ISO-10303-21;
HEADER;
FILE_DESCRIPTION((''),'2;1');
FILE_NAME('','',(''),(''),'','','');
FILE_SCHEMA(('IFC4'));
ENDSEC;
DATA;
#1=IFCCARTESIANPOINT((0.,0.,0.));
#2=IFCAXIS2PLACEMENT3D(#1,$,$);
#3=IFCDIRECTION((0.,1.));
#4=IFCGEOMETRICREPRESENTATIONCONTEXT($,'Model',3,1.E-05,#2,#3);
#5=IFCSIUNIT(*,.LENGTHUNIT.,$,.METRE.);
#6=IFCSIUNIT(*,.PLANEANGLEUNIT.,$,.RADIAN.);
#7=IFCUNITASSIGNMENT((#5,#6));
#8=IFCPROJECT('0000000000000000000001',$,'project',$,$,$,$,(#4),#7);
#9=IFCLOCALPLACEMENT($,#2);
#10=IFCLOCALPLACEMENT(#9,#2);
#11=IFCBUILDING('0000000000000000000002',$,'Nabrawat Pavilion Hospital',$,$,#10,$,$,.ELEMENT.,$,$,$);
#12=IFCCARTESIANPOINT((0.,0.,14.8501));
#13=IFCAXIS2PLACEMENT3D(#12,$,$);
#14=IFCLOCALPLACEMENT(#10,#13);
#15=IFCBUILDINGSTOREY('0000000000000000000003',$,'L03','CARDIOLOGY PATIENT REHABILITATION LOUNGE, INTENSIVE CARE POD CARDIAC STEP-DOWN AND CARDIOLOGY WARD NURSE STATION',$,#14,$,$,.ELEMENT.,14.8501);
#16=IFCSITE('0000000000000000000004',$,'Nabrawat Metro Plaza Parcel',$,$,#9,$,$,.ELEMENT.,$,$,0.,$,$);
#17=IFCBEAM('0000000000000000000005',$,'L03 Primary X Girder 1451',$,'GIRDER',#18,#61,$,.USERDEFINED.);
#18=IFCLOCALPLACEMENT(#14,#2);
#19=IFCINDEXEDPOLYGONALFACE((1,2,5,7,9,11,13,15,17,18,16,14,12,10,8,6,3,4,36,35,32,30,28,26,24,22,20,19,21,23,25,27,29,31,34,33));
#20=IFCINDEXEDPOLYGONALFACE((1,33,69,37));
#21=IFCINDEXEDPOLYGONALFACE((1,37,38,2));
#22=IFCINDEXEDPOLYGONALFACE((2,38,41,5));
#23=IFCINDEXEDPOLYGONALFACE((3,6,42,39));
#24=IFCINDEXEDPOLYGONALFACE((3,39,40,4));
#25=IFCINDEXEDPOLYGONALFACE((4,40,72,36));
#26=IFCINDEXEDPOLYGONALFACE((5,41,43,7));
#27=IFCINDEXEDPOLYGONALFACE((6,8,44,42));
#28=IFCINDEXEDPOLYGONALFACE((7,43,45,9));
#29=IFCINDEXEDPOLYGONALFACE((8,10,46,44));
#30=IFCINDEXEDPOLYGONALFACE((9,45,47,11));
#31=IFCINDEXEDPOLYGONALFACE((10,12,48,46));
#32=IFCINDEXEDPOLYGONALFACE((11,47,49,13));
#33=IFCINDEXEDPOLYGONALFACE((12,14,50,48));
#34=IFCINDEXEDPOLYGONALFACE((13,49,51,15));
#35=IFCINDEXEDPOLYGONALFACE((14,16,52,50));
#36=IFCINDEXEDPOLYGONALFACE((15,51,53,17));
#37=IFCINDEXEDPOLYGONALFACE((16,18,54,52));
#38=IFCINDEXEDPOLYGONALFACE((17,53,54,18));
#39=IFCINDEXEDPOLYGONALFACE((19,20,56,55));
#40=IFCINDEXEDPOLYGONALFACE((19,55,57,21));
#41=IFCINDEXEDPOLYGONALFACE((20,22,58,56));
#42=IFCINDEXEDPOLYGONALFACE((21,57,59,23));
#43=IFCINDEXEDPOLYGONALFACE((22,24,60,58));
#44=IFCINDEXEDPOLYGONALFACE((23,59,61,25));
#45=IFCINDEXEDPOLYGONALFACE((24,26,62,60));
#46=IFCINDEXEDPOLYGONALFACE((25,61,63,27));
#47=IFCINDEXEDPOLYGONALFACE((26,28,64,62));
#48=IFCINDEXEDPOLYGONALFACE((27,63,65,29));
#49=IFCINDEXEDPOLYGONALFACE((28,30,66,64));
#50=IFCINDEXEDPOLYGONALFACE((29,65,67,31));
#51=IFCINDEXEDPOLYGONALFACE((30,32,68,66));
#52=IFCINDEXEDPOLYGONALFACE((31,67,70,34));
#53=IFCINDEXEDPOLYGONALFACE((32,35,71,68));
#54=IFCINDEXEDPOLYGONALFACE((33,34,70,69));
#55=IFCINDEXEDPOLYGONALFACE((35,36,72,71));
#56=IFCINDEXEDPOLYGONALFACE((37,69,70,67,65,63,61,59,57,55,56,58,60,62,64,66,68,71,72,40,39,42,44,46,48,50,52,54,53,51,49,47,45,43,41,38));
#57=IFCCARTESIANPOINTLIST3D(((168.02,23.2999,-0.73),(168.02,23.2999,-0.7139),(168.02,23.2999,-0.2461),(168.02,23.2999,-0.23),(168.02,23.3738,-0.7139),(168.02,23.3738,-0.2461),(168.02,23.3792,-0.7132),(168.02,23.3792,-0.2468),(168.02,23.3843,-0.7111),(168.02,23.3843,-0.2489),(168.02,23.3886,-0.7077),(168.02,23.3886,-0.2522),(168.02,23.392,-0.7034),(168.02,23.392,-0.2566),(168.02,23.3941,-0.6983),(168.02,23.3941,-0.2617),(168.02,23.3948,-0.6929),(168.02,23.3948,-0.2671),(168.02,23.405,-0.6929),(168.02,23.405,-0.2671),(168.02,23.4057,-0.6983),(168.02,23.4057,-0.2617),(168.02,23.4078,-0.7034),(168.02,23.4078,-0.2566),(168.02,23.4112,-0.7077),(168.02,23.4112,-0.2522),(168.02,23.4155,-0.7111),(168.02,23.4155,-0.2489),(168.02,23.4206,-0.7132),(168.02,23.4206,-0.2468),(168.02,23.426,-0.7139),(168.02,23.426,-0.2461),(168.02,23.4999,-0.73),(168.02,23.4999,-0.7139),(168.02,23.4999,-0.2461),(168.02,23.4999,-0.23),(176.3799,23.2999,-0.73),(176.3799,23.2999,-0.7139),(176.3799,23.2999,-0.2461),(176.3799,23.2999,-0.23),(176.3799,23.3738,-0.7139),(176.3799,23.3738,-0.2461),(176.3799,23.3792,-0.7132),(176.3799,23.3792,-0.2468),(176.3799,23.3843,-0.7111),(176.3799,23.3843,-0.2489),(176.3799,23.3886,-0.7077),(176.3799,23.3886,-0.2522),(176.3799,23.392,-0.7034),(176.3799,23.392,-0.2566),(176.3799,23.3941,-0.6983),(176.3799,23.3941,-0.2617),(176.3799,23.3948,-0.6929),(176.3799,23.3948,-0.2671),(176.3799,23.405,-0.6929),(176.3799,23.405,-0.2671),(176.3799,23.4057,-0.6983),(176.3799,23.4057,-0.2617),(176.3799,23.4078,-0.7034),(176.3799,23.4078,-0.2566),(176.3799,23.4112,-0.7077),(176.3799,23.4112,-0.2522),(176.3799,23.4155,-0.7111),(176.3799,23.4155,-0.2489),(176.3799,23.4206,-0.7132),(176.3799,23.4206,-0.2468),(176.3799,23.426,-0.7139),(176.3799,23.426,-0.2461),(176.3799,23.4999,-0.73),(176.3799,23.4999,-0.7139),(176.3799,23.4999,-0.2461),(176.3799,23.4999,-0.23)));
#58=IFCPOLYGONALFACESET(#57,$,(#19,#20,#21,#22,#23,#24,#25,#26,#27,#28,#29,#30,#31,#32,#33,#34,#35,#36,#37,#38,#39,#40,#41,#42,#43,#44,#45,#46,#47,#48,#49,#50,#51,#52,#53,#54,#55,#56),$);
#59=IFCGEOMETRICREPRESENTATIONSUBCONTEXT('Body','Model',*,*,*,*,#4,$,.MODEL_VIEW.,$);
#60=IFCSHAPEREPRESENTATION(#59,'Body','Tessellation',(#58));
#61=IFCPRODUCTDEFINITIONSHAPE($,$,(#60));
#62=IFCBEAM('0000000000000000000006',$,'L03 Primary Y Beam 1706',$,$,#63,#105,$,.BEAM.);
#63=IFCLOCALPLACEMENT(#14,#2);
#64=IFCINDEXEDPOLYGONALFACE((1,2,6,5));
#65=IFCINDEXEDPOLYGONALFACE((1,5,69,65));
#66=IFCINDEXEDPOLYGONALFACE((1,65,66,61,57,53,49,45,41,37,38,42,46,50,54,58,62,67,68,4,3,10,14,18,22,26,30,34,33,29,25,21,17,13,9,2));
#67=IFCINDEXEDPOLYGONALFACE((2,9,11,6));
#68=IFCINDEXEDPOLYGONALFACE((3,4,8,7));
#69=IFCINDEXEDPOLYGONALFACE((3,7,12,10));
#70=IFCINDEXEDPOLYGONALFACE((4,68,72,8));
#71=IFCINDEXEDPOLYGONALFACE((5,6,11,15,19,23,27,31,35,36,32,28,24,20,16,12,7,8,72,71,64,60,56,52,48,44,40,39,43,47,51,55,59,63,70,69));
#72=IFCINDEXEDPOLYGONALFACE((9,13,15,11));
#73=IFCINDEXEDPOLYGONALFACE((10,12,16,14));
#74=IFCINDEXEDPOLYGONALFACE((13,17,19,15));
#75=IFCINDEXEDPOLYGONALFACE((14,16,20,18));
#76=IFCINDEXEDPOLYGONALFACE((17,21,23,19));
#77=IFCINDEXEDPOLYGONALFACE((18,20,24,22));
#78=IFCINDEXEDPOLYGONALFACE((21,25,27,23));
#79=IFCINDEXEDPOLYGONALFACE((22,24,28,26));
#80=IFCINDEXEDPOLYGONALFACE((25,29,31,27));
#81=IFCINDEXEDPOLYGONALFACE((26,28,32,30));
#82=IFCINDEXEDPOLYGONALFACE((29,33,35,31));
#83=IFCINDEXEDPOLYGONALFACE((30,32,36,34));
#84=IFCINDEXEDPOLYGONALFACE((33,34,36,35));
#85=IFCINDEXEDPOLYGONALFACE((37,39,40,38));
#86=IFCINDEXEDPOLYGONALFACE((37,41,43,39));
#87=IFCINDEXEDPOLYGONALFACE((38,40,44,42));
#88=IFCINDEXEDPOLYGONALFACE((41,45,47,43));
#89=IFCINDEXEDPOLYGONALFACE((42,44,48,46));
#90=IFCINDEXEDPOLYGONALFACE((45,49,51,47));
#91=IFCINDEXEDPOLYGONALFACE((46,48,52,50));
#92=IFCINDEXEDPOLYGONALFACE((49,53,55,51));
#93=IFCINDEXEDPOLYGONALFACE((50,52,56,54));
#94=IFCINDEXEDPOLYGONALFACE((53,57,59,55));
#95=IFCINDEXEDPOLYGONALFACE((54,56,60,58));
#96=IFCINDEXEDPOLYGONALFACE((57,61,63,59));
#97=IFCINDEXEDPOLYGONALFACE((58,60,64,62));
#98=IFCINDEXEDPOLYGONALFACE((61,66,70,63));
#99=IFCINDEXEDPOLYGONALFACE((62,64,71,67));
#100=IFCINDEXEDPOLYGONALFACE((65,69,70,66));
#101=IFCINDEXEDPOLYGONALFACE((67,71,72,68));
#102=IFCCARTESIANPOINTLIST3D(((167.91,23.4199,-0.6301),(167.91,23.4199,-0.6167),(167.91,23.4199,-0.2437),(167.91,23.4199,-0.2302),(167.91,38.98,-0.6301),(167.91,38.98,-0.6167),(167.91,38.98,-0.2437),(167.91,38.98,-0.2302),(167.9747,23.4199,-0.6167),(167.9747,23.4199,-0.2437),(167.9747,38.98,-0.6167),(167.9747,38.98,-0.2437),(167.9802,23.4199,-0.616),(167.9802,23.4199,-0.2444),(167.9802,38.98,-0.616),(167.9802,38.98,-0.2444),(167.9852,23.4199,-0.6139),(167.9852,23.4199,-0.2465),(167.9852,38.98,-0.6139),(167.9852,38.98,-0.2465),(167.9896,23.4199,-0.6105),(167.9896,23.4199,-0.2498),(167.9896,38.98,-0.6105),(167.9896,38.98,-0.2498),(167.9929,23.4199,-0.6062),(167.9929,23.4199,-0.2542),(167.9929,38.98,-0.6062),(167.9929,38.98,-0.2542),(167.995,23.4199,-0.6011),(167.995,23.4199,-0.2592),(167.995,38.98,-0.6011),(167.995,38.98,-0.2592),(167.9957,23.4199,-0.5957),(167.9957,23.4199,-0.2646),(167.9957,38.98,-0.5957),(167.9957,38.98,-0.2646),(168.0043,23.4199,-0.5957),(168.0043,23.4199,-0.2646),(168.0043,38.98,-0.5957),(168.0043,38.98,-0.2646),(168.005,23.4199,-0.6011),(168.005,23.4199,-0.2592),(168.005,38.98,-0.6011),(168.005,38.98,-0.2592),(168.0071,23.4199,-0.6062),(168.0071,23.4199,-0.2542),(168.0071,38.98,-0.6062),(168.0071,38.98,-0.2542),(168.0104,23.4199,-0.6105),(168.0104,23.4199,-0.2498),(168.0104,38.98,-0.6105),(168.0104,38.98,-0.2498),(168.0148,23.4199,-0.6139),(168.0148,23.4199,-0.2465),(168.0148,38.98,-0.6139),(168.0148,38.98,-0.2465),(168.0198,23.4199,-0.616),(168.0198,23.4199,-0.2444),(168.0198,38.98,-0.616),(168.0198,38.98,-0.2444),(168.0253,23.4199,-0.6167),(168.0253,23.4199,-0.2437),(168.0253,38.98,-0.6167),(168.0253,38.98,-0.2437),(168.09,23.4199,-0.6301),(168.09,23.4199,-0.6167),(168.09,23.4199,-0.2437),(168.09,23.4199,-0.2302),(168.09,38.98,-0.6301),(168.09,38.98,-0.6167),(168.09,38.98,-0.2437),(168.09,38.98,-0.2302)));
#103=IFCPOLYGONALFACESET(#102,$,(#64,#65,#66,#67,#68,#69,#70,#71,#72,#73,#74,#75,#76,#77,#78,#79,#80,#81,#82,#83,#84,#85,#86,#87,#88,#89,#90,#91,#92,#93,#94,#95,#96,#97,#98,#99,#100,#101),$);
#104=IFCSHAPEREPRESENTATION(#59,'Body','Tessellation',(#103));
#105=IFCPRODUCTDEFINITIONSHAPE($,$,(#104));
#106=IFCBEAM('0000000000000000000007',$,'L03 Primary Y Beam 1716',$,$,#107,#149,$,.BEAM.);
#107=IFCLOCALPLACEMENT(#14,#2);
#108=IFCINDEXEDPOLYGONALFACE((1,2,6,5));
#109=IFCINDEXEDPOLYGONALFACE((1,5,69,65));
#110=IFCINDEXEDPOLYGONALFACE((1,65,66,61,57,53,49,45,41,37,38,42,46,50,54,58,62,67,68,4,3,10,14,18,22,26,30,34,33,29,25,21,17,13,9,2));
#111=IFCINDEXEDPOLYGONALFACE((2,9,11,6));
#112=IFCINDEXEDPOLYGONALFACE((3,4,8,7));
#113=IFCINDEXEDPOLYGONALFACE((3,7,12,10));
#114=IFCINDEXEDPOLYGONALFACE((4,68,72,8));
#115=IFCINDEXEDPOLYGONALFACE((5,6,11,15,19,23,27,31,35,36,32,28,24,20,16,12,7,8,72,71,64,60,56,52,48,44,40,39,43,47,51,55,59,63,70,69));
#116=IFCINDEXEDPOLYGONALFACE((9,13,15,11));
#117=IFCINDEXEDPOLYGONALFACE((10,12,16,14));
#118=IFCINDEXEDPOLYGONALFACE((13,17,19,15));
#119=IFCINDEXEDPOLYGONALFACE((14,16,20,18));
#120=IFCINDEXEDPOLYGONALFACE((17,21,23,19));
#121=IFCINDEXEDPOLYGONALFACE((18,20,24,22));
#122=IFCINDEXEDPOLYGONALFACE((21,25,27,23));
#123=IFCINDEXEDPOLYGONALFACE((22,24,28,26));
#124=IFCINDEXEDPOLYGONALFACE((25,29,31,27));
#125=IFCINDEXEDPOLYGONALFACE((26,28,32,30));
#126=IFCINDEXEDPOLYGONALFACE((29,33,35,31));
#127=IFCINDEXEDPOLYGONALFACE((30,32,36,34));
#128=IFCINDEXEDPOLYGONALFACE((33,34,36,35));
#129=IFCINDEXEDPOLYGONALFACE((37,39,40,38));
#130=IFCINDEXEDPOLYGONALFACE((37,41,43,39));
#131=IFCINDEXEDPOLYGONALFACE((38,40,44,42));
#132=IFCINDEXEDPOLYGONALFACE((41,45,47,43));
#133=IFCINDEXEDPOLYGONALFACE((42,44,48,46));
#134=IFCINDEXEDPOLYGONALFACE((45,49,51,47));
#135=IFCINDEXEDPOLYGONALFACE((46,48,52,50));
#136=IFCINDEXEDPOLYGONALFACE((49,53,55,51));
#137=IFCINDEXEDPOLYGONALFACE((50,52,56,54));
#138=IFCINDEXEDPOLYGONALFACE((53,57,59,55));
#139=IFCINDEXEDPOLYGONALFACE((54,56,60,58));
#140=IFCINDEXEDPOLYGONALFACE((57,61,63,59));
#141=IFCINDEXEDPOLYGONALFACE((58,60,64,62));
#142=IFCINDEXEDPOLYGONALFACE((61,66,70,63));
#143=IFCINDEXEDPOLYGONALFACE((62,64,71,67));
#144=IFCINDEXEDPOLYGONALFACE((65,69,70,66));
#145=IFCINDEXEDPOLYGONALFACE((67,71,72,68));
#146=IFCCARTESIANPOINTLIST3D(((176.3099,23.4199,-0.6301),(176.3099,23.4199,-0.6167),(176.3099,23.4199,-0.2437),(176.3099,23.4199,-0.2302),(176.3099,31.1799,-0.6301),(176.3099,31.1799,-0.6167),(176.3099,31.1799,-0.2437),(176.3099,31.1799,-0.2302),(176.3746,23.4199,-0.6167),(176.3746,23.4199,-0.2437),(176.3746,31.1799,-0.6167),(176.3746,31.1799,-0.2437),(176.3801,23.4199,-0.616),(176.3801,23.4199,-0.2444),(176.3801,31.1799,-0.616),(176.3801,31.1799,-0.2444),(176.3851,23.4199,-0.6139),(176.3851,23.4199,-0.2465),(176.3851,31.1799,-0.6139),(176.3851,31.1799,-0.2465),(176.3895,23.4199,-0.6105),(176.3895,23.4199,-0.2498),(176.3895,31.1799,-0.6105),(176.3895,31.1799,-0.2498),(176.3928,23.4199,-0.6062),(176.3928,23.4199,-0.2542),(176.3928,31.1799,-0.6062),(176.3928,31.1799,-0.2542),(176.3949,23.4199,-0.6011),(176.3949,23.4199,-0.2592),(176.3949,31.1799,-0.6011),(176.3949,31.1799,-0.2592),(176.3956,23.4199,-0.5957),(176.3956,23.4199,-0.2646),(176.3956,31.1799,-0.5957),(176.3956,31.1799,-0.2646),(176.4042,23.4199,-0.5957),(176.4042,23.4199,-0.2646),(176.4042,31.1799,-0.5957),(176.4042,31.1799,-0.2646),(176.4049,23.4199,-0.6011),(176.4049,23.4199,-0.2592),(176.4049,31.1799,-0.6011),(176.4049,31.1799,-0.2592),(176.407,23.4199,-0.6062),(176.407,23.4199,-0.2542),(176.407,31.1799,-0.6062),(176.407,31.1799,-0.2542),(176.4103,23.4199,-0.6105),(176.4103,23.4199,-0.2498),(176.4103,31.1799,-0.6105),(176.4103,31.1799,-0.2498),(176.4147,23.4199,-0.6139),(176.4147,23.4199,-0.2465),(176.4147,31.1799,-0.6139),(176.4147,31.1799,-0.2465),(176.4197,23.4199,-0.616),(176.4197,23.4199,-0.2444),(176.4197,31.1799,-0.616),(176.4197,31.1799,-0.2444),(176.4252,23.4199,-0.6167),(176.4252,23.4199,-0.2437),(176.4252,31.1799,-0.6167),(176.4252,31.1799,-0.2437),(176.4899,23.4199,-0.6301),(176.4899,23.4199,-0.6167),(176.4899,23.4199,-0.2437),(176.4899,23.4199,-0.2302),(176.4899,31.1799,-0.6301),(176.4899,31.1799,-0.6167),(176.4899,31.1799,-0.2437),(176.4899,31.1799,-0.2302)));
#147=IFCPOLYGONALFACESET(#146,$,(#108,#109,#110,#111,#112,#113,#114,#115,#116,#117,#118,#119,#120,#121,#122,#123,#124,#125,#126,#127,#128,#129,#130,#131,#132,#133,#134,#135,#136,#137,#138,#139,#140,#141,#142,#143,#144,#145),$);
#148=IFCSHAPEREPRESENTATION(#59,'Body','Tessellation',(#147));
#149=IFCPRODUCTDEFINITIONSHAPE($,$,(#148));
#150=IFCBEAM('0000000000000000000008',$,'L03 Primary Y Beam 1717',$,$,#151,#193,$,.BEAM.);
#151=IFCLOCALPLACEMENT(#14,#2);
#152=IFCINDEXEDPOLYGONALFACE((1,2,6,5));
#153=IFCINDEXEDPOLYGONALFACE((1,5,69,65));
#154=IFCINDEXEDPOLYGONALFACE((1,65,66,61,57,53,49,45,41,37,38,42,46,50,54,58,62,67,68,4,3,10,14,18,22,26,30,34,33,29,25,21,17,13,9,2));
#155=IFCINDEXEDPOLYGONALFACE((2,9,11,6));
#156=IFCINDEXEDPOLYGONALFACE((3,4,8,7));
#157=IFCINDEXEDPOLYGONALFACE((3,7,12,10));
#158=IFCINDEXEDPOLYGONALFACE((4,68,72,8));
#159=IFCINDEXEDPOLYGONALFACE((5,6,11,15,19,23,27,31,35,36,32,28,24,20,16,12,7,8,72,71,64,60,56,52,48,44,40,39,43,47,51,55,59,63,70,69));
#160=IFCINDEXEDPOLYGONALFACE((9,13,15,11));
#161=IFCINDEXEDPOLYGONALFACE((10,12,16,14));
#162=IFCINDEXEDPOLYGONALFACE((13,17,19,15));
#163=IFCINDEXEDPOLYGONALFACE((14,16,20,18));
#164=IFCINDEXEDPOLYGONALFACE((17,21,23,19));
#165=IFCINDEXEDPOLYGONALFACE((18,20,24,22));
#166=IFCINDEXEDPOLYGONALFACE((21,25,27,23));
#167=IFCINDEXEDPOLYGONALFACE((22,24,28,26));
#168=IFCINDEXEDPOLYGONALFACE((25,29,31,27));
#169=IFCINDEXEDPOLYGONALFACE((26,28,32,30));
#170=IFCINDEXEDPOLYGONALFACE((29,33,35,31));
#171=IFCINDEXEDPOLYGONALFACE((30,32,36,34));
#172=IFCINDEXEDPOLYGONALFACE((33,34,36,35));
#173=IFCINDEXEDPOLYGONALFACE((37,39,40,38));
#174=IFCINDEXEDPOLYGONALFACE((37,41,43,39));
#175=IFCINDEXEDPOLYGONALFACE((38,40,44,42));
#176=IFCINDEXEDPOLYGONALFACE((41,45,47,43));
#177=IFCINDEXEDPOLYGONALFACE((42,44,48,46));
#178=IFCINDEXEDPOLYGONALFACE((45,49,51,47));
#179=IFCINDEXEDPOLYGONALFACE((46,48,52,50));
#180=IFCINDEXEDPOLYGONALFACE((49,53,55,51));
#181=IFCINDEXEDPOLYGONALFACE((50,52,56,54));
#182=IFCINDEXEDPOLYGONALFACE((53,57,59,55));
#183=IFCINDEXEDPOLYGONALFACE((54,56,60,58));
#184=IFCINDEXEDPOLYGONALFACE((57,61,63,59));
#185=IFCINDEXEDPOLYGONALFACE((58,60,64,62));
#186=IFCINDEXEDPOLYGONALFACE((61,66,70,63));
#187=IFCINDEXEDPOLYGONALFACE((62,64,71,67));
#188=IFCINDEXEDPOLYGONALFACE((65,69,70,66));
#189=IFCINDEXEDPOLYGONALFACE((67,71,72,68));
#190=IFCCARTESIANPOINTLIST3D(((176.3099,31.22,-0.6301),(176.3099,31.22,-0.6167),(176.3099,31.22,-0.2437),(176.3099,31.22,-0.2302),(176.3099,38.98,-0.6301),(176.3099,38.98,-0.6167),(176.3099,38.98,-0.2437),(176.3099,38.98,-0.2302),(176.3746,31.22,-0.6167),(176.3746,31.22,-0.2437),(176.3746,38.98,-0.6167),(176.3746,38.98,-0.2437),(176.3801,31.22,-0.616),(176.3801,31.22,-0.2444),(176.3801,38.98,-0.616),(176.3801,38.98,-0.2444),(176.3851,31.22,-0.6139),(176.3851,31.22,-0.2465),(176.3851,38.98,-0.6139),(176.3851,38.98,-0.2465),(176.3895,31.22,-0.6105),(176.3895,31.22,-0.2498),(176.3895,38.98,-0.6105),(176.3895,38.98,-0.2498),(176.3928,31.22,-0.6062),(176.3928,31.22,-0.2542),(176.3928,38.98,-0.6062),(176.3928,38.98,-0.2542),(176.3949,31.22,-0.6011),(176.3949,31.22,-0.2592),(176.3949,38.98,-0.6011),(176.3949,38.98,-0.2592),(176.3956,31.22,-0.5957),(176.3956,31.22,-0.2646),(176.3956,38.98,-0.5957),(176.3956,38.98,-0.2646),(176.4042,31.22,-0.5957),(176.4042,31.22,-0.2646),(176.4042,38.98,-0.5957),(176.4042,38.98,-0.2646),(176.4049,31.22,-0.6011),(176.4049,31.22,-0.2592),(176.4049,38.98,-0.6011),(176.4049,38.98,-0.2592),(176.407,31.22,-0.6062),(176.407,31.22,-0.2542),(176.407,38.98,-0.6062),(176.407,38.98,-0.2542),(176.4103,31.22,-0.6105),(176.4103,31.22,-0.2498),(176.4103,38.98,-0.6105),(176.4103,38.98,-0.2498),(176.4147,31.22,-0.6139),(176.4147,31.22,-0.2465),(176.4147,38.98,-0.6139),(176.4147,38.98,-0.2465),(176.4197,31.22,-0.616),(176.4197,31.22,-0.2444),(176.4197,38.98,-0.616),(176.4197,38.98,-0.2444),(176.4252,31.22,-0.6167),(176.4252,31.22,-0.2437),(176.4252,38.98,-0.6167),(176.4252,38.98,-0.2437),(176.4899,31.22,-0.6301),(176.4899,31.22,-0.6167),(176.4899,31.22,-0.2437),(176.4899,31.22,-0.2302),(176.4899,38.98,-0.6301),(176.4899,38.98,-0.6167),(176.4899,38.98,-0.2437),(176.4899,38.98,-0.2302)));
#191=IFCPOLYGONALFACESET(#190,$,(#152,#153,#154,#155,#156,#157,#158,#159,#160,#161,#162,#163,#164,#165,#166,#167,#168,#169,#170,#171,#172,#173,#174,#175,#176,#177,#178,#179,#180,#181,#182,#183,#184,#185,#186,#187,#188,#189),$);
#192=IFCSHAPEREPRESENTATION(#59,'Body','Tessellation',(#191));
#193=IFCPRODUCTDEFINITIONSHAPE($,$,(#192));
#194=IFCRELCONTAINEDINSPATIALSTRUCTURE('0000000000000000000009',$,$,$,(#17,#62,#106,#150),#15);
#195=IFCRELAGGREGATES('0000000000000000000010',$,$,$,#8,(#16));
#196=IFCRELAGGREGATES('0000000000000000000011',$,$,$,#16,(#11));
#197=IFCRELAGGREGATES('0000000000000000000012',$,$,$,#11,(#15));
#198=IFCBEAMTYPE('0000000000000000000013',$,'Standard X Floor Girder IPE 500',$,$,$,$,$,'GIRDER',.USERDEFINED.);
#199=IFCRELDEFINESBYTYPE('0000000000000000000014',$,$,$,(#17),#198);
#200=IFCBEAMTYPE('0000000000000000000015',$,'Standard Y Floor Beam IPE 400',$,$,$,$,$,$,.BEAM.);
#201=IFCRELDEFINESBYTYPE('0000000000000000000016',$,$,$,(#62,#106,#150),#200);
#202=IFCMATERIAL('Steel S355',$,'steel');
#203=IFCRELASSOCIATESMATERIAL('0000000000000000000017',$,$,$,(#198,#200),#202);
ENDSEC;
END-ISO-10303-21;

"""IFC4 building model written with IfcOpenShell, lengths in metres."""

from ifc_helpers import new_model, si_unit, direction, frame, origin, origin_2d, place, context, subcontext, project, spatial, i_section, extrude, material, material_profile, profile_set, type_object, element, save


model = new_model("IFC4")

# Units and contexts
model_context = context("Model", 3, precision=1e-05, world=origin(), true_north=direction((0.0, 1.0)))
body_context = subcontext(model_context, "Body", "Model", "MODEL_VIEW")
ifc_project = project(units=[si_unit("LENGTHUNIT", "METRE"), si_unit("PLANEANGLEUNIT", "RADIAN")], contexts=[model_context])

# Site, building, storey
site_placement = place(None, origin())
site = spatial("IfcSite", under=ifc_project, at=site_placement, Name="Nabrawat Metro Plaza Parcel", CompositionType="ELEMENT", RefElevation=0.0)
building_placement = place(site_placement, origin())
building = spatial("IfcBuilding", under=site, at=building_placement, Name="Nabrawat Pavilion Hospital", CompositionType="ELEMENT")
storey_placement = place(building_placement, frame((0.0, 0.0, 14.8501)))
storey = spatial("IfcBuildingStorey", under=building, at=storey_placement, Name="L03", Description="CARDIOLOGY PATIENT REHABILITATION LOUNGE, INTENSIVE CARE POD CARDIAC STEP-DOWN AND CARDIOLOGY WARD NURSE STATION", CompositionType="ELEMENT", Elevation=14.8501)

# Shared definitions
ifc_material_1 = material(Name="Steel S355", Category="steel")

# Beams
ifc_material_profile_1 = material_profile(ifc_material_1, i_section(OverallWidth=0.2, OverallDepth=0.5, WebThickness=0.0103, FlangeThickness=0.0161, FilletRadius=0.021, at=origin_2d()), Name="IPE 500")
ifc_profile_set_1 = profile_set([ifc_material_profile_1], Name="Steel S355")
beam_type_1 = type_object("IfcBeamType", Name="Standard X Floor Girder IPE 500", ElementType="GIRDER", PredefinedType="USERDEFINED", material=ifc_profile_set_1)
beam_1_placement = place(storey_placement, frame((168.02, 23.3999, -0.48), z_axis=(1.0, 0.0, 0.0), x_axis=(0.0, 1.0, 0.0)))
element("IfcBeam", 1, at=beam_1_placement, inside=storey, type_object=beam_type_1, Name="L03 Primary X Girder 1451", ObjectType="GIRDER", PredefinedType="USERDEFINED", context=body_context, shape_type="SweptSolid", body=[
    extrude(i_section(OverallWidth=0.2, OverallDepth=0.5, WebThickness=0.0103, FlangeThickness=0.0161, FilletRadius=0.021, at=origin_2d()), origin(), (0.0, 0.0, 1.0), 8.3599),
])
ifc_material_profile_2 = material_profile(ifc_material_1, i_section(OverallWidth=0.1799, OverallDepth=0.3999, WebThickness=0.0085, FlangeThickness=0.0134, FilletRadius=0.021, at=origin_2d()), Name="IPE 400")
ifc_profile_set_2 = profile_set([ifc_material_profile_2], Name="Steel S355")
beam_type_2 = type_object("IfcBeamType", Name="Standard Y Floor Beam IPE 400", PredefinedType="BEAM", material=ifc_profile_set_2)
beam_2_placement = place(storey_placement, frame((168.0, 23.4199, -0.4302), z_axis=(0.0, 1.0, 0.0), x_axis=(-1.0, 0.0, 0.0)))
element("IfcBeam", 2, at=beam_2_placement, inside=storey, type_object=beam_type_2, Name="L03 Primary Y Beam 1706", PredefinedType="BEAM", context=body_context, shape_type="SweptSolid", body=[
    extrude(i_section(OverallWidth=0.1799, OverallDepth=0.3999, WebThickness=0.0085, FlangeThickness=0.0134, FilletRadius=0.021, at=origin_2d()), origin(), (0.0, 0.0, 1.0), 15.5601),
])
for number, where, z_axis, x_axis, name in (
    (3, (176.3999, 23.4199, -0.4302), (0.0, 1.0, 0.0), (-1.0, 0.0, 0.0), "L03 Primary Y Beam 1716"),
    (4, (176.3999, 31.22, -0.4302), (0.0, 1.0, 0.0), (-1.0, 0.0, 0.0), "L03 Primary Y Beam 1717"),
):
    element("IfcBeam", number, at=place(storey_placement, frame(where, z_axis=z_axis, x_axis=x_axis)), inside=storey, type_object=beam_type_2, Name=name, PredefinedType="BEAM", context=body_context, shape_type="SweptSolid", body=[
        extrude(i_section(OverallWidth=0.1799, OverallDepth=0.3999, WebThickness=0.0085, FlangeThickness=0.0134, FilletRadius=0.021, at=origin_2d()), origin(), (0.0, 0.0, 1.0), 7.76),
    ])

save(model, "model.ifc")
